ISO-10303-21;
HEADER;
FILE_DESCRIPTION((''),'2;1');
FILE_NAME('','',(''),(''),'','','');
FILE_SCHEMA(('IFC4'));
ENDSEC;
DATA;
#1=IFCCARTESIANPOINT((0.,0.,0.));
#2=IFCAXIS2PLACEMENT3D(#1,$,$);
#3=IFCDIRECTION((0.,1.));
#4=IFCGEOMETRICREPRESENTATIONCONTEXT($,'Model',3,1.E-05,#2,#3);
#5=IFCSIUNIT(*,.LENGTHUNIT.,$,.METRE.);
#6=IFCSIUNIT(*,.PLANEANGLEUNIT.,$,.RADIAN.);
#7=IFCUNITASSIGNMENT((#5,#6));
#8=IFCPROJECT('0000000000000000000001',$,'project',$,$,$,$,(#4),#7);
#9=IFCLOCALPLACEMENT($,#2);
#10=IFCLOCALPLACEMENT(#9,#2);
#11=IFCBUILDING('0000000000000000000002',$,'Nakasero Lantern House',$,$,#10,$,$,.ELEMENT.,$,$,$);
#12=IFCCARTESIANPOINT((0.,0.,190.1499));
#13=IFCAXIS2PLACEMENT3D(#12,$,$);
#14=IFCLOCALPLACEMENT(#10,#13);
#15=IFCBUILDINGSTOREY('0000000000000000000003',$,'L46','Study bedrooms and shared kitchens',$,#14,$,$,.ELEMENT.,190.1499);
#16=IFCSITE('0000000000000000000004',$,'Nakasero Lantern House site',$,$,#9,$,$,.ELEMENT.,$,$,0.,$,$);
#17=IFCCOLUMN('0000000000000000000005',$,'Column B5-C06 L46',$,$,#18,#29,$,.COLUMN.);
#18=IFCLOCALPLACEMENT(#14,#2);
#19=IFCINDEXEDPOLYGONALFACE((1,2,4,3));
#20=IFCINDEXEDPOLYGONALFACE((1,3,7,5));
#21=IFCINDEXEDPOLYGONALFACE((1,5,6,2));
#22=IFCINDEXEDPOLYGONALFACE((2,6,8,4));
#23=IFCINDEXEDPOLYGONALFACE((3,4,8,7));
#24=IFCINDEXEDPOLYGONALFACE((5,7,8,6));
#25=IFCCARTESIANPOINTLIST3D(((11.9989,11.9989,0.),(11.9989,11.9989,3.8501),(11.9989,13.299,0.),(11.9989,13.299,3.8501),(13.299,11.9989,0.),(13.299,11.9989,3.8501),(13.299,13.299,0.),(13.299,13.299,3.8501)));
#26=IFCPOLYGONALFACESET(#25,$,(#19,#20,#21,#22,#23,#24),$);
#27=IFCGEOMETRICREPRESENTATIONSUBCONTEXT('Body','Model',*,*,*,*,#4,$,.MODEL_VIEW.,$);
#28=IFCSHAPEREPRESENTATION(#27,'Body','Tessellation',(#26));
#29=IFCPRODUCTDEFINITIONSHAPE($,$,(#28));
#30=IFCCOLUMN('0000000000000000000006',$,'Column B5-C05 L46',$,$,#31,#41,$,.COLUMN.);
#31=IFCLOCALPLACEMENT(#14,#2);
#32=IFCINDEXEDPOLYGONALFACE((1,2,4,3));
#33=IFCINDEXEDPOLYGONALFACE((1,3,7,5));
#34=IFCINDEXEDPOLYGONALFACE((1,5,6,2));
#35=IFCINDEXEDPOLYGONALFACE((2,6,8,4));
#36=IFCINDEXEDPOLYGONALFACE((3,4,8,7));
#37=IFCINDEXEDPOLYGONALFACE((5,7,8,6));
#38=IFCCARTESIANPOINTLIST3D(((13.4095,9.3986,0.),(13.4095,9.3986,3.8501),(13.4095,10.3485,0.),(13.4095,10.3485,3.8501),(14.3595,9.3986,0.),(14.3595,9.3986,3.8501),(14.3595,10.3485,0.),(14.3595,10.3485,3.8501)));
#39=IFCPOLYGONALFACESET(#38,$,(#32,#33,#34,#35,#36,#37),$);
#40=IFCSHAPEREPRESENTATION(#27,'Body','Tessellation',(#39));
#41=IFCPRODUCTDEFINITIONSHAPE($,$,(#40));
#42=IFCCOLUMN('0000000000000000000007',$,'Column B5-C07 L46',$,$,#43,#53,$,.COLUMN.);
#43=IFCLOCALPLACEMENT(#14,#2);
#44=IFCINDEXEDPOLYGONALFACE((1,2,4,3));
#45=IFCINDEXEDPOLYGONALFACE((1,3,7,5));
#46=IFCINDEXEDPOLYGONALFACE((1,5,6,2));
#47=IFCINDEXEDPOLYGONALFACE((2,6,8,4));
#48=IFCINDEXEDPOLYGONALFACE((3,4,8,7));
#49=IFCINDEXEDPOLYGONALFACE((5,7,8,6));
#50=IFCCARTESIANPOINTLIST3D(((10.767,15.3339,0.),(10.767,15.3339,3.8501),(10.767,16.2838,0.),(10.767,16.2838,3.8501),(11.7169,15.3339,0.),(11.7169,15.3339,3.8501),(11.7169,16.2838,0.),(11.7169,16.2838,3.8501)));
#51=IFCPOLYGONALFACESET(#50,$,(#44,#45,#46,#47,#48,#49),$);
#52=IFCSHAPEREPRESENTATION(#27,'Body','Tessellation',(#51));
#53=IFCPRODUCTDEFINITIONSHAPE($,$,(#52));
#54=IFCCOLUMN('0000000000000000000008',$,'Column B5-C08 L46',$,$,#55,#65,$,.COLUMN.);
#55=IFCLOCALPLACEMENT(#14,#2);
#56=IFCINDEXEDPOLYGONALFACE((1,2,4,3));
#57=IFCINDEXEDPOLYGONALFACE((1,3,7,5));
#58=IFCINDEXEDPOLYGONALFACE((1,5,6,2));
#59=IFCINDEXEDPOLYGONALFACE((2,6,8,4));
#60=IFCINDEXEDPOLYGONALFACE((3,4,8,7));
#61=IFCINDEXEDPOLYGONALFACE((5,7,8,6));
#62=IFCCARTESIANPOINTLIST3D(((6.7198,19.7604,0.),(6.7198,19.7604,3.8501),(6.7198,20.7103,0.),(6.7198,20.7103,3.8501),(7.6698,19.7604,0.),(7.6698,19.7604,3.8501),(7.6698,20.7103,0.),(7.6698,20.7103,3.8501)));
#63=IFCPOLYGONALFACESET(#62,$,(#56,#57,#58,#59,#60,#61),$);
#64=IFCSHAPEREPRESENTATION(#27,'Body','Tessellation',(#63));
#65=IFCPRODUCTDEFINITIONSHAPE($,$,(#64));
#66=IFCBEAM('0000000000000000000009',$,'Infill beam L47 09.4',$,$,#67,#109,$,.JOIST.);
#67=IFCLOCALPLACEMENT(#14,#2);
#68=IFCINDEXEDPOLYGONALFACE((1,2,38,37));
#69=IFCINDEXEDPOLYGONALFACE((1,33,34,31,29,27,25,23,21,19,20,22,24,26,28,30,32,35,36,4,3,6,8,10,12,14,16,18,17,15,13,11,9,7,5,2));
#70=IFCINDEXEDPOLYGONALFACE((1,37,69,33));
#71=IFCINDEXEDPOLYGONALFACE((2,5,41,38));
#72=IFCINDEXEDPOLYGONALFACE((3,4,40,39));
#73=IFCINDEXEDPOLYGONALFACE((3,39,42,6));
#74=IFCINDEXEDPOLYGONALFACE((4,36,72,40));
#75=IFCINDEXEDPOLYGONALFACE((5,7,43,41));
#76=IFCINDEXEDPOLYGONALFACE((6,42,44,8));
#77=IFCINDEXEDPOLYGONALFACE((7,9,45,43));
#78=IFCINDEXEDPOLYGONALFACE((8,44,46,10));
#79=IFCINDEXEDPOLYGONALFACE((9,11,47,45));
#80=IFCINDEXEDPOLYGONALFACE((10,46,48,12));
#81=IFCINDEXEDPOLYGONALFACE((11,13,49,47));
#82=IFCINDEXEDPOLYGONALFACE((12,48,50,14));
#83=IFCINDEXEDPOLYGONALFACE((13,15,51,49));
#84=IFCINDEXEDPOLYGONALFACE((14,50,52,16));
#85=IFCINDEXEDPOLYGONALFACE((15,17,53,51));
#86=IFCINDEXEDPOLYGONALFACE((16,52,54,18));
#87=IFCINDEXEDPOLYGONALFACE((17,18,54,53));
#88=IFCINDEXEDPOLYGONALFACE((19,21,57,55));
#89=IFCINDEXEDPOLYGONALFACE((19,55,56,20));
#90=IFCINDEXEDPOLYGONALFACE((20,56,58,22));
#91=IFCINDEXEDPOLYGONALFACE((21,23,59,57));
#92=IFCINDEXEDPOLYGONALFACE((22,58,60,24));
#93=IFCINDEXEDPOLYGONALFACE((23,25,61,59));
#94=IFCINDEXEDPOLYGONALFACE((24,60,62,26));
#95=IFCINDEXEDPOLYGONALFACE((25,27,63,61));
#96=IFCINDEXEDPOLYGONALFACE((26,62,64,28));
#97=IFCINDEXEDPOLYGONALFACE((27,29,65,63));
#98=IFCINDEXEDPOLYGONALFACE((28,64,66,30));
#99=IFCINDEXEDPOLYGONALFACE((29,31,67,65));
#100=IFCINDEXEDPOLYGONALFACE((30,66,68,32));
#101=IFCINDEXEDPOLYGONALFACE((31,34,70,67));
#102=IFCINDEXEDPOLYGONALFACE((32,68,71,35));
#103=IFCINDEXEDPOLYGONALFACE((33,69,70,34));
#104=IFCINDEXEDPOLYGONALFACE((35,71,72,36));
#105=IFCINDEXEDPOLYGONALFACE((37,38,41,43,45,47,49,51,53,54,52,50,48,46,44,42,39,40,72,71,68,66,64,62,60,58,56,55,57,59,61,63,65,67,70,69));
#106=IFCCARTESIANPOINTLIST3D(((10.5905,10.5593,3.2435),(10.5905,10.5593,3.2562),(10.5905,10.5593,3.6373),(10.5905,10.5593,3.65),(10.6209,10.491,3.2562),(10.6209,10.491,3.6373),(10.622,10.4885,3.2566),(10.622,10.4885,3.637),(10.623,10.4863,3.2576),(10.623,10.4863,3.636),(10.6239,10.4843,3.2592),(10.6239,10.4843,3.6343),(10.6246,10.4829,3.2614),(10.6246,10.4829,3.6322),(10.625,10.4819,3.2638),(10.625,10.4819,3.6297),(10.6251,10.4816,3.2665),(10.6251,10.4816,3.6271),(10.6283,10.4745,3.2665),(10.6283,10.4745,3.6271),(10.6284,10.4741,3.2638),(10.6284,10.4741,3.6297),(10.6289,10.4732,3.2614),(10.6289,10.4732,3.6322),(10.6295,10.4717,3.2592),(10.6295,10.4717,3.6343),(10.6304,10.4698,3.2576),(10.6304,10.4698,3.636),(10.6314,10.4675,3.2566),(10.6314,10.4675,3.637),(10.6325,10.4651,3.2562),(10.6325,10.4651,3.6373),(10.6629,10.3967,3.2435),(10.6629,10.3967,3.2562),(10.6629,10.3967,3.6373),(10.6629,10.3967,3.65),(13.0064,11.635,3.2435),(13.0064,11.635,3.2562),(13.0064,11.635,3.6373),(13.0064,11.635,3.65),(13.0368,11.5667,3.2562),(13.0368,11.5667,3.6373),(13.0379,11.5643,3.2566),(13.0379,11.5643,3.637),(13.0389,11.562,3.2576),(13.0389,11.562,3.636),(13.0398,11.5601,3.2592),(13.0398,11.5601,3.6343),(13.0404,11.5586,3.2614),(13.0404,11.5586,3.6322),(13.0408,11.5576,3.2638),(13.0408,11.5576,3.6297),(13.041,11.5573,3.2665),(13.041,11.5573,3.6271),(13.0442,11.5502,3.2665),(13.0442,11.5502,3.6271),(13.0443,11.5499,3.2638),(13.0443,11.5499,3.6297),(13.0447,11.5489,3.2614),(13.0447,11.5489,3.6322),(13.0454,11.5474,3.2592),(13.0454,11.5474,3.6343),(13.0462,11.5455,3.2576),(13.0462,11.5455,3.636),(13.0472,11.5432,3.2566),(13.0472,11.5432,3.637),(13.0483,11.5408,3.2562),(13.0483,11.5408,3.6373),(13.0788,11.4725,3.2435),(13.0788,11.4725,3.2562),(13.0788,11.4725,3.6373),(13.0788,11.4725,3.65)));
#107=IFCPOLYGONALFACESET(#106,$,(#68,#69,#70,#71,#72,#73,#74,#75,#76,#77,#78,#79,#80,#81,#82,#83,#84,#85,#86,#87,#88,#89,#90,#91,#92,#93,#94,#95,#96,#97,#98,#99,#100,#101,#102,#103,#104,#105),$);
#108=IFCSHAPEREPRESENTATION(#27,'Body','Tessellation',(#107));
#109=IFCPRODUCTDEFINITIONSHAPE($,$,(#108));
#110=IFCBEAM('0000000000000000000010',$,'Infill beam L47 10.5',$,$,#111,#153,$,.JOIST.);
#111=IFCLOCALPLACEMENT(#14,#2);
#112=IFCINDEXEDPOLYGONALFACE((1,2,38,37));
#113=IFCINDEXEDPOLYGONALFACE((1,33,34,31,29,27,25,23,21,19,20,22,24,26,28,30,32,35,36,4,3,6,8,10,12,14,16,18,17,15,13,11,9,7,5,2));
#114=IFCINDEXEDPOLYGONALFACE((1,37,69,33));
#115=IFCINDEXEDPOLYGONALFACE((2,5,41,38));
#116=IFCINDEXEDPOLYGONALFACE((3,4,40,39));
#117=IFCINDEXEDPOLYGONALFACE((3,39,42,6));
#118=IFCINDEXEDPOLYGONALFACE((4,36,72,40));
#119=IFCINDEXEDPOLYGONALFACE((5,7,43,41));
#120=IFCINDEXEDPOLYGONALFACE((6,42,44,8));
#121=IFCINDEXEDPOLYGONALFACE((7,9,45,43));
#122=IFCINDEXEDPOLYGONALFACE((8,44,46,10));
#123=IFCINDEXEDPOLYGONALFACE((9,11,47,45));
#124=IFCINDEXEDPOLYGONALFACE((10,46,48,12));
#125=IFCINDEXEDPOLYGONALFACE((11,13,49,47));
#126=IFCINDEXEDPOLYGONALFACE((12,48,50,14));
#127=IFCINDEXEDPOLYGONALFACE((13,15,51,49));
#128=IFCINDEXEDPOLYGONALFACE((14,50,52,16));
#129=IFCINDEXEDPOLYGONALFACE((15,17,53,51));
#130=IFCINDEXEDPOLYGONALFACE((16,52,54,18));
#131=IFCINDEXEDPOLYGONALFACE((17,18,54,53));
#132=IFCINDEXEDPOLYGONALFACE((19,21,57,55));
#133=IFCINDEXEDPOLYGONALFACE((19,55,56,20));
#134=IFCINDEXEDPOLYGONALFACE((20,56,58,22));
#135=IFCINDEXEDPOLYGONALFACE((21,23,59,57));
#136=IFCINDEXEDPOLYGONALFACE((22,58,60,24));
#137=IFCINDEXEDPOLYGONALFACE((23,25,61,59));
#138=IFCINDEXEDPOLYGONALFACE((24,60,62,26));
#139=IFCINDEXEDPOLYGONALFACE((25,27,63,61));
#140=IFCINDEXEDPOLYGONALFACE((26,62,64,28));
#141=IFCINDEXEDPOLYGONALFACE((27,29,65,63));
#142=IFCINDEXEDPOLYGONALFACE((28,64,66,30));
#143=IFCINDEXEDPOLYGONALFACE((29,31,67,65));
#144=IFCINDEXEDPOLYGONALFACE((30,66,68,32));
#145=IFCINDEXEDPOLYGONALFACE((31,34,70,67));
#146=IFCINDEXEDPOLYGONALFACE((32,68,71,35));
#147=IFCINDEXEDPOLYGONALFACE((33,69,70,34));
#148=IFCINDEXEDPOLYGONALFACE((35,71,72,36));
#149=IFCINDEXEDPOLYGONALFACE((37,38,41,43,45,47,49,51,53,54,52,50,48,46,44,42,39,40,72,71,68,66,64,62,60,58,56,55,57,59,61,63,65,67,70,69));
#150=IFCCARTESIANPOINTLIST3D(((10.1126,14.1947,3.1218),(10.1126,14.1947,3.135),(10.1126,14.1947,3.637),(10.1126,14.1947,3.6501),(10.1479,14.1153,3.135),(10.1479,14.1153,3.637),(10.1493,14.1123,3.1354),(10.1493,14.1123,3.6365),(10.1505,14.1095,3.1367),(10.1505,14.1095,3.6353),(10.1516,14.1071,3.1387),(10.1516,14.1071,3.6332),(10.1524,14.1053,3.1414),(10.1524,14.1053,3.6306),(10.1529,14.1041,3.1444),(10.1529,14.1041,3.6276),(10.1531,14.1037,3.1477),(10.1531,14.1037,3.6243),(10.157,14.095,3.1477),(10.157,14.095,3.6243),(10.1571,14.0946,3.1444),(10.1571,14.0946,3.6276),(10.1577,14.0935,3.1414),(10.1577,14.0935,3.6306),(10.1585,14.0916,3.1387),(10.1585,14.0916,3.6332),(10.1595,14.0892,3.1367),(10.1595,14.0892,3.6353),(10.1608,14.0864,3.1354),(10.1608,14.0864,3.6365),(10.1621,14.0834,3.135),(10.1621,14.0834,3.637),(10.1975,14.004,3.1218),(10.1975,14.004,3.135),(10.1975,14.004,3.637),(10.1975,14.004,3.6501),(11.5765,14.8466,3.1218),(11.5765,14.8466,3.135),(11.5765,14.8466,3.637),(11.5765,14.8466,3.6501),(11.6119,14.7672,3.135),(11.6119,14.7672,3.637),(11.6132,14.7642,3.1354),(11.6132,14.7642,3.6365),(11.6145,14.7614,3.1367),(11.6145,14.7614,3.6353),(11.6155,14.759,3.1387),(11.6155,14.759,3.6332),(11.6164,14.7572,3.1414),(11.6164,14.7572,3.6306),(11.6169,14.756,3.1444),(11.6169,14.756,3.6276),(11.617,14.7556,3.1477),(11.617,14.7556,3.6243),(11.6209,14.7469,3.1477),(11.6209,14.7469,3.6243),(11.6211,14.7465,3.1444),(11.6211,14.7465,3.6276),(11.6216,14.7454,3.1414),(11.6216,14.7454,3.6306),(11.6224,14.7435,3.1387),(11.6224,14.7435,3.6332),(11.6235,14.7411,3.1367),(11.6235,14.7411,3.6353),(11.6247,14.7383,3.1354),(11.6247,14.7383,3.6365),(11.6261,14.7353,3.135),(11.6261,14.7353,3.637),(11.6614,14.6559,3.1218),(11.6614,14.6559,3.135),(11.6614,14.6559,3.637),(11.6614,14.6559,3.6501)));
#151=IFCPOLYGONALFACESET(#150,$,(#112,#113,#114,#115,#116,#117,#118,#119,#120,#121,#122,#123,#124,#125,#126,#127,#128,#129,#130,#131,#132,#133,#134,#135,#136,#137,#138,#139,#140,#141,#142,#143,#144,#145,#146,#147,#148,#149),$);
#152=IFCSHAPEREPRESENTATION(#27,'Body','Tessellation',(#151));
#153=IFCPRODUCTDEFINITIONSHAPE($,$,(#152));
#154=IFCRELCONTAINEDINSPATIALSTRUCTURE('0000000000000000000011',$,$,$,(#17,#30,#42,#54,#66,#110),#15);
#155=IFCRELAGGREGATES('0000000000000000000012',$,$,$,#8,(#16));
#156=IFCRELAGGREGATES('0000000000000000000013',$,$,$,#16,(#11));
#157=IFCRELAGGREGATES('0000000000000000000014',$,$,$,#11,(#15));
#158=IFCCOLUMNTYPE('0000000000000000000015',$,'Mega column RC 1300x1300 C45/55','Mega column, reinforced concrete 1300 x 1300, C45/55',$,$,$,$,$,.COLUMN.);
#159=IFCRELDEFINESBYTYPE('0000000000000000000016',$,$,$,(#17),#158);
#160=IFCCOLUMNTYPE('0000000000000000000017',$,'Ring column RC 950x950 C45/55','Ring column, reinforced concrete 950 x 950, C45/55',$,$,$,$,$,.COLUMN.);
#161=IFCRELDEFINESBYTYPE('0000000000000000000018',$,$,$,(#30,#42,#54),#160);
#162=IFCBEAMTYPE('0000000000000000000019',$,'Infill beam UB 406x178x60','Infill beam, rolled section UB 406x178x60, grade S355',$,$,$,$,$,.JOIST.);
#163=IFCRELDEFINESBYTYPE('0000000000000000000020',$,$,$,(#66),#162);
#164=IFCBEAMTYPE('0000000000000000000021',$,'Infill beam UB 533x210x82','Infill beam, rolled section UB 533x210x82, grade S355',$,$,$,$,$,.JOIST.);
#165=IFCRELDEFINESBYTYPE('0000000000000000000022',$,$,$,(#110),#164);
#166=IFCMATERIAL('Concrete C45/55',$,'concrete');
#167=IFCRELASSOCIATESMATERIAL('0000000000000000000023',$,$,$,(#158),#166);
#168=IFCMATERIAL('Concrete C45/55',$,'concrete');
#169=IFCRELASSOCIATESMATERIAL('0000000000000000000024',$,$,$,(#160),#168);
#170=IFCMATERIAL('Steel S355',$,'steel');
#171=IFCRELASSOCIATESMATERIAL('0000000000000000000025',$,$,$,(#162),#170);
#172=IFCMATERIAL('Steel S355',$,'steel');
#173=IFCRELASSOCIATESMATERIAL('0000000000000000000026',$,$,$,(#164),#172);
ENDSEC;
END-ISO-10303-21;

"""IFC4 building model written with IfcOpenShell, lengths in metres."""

from ifc_helpers import new_model, si_unit, direction, frame, origin, origin_2d, place, context, subcontext, project, spatial, rectangle, i_section, extrude, material, material_profile, profile_set, type_object, element, save


model = new_model("IFC4")

# Units and contexts
model_context = context("Model", 3, precision=1e-05, world=origin(), true_north=direction((0.0, 1.0)))
body_context = subcontext(model_context, "Body", "Model", "MODEL_VIEW")
ifc_project = project(units=[si_unit("LENGTHUNIT", "METRE"), si_unit("PLANEANGLEUNIT", "RADIAN")], contexts=[model_context])

# Site, building, storey
site_placement = place(None, origin())
site = spatial("IfcSite", under=ifc_project, at=site_placement, Name="Nakasero Lantern House site", CompositionType="ELEMENT", RefElevation=0.0)
building_placement = place(site_placement, origin())
building = spatial("IfcBuilding", under=site, at=building_placement, Name="Nakasero Lantern House", CompositionType="ELEMENT")
storey_placement = place(building_placement, frame((0.0, 0.0, 190.1499)))
storey = spatial("IfcBuildingStorey", under=building, at=storey_placement, Name="L46", Description="Study bedrooms and shared kitchens", CompositionType="ELEMENT", Elevation=190.1499)

# Columns
ifc_material_1 = material(Name="Concrete C45/55", Category="concrete")
ifc_material_profile_1 = material_profile(ifc_material_1, rectangle(XDim=1.3, YDim=1.3, at=origin_2d()), Name="RC 1300x1300")
ifc_profile_set_1 = profile_set([ifc_material_profile_1], Name="Concrete C45/55")
column_type_1 = type_object("IfcColumnType", Name="Mega column RC 1300x1300 C45/55", Description="Mega column, reinforced concrete 1300 x 1300, C45/55", PredefinedType="COLUMN", material=ifc_profile_set_1)
column_placement = place(storey_placement, frame((12.6489, 12.6489, 0.0), z_axis=(0.0, 0.0, 1.0), x_axis=(1.0, 0.0, 0.0)))
element("IfcColumn", 1, at=column_placement, inside=storey, type_object=column_type_1, Name="Column B5-C06 L46", PredefinedType="COLUMN", context=body_context, shape_type="SweptSolid", body=[
    extrude(rectangle(XDim=1.3, YDim=1.3, at=origin_2d()), origin(), (0.0, 0.0, 1.0), 3.8501),
])
ifc_material_2 = material(Name="Concrete C45/55", Category="concrete")
ifc_material_profile_2 = material_profile(ifc_material_2, rectangle(XDim=0.95, YDim=0.95, at=origin_2d()), Name="RC 950x950")
ifc_profile_set_2 = profile_set([ifc_material_profile_2], Name="Concrete C45/55")
column_type_2 = type_object("IfcColumnType", Name="Ring column RC 950x950 C45/55", Description="Ring column, reinforced concrete 950 x 950, C45/55", PredefinedType="COLUMN", material=ifc_profile_set_2)
for number, where, z_axis, x_axis, name in (
    (2, (13.8845, 9.8735, 0.0), (0.0, 0.0, 1.0), (1.0, 0.0, 0.0), "Column B5-C05 L46"),
    (3, (11.2419, 15.8088, 0.0), (0.0, 0.0, 1.0), (1.0, 0.0, 0.0), "Column B5-C07 L46"),
    (4, (7.1948, 20.2354, 0.0), (0.0, 0.0, 1.0), (1.0, 0.0, 0.0), "Column B5-C08 L46"),
):
    element("IfcColumn", number, at=place(storey_placement, frame(where, z_axis=z_axis, x_axis=x_axis)), inside=storey, type_object=column_type_2, Name=name, PredefinedType="COLUMN", context=body_context, shape_type="SweptSolid", body=[
        extrude(rectangle(XDim=0.95, YDim=0.95, at=origin_2d()), origin(), (0.0, 0.0, 1.0), 3.8501),
    ])

# Beams
ifc_material_3 = material(Name="Steel S355", Category="steel")
ifc_material_profile_3 = material_profile(ifc_material_3, i_section(OverallWidth=0.178, OverallDepth=0.4065, WebThickness=0.0078, FlangeThickness=0.0127, FilletRadius=0.0103, at=origin_2d()), Name="UB 406x178x60")
ifc_profile_set_3 = profile_set([ifc_material_profile_3], Name="Steel S355")
beam_type_1 = type_object("IfcBeamType", Name="Infill beam UB 406x178x60", Description="Infill beam, rolled section UB 406x178x60, grade S355", PredefinedType="JOIST", material=ifc_profile_set_3)
beam_1_placement = place(storey_placement, frame((10.6267, 10.478, 3.4468), z_axis=(0.91353, 0.406772, 0.0), x_axis=(-0.406772, 0.91353, 0.0)))
element("IfcBeam", 5, at=beam_1_placement, inside=storey, type_object=beam_type_1, Name="Infill beam L47 09.4", PredefinedType="JOIST", context=body_context, shape_type="SweptSolid", body=[
    extrude(i_section(OverallWidth=0.178, OverallDepth=0.4065, WebThickness=0.0078, FlangeThickness=0.0127, FilletRadius=0.0103, at=origin_2d()), origin(), (0.0, 0.0, 1.0), 2.6445),
])
ifc_material_4 = material(Name="Steel S355", Category="steel")
ifc_material_profile_4 = material_profile(ifc_material_4, i_section(OverallWidth=0.2087, OverallDepth=0.5283, WebThickness=0.0095, FlangeThickness=0.0132, FilletRadius=0.0127, at=origin_2d()), Name="UB 533x210x82")
ifc_profile_set_4 = profile_set([ifc_material_profile_4], Name="Steel S355")
beam_type_2 = type_object("IfcBeamType", Name="Infill beam UB 533x210x82", Description="Infill beam, rolled section UB 533x210x82, grade S355", PredefinedType="JOIST", material=ifc_profile_set_4)
beam_2_placement = place(storey_placement, frame((10.155, 14.0994, 3.386), z_axis=(0.913522, 0.406789, 0.0), x_axis=(-0.406789, 0.913522, 0.0)))
element("IfcBeam", 6, at=beam_2_placement, inside=storey, type_object=beam_type_2, Name="Infill beam L47 10.5", PredefinedType="JOIST", context=body_context, shape_type="SweptSolid", body=[
    extrude(i_section(OverallWidth=0.2087, OverallDepth=0.5283, WebThickness=0.0095, FlangeThickness=0.0132, FilletRadius=0.0127, at=origin_2d()), origin(), (0.0, 0.0, 1.0), 1.6025),
])

save(model, "model.ifc")
